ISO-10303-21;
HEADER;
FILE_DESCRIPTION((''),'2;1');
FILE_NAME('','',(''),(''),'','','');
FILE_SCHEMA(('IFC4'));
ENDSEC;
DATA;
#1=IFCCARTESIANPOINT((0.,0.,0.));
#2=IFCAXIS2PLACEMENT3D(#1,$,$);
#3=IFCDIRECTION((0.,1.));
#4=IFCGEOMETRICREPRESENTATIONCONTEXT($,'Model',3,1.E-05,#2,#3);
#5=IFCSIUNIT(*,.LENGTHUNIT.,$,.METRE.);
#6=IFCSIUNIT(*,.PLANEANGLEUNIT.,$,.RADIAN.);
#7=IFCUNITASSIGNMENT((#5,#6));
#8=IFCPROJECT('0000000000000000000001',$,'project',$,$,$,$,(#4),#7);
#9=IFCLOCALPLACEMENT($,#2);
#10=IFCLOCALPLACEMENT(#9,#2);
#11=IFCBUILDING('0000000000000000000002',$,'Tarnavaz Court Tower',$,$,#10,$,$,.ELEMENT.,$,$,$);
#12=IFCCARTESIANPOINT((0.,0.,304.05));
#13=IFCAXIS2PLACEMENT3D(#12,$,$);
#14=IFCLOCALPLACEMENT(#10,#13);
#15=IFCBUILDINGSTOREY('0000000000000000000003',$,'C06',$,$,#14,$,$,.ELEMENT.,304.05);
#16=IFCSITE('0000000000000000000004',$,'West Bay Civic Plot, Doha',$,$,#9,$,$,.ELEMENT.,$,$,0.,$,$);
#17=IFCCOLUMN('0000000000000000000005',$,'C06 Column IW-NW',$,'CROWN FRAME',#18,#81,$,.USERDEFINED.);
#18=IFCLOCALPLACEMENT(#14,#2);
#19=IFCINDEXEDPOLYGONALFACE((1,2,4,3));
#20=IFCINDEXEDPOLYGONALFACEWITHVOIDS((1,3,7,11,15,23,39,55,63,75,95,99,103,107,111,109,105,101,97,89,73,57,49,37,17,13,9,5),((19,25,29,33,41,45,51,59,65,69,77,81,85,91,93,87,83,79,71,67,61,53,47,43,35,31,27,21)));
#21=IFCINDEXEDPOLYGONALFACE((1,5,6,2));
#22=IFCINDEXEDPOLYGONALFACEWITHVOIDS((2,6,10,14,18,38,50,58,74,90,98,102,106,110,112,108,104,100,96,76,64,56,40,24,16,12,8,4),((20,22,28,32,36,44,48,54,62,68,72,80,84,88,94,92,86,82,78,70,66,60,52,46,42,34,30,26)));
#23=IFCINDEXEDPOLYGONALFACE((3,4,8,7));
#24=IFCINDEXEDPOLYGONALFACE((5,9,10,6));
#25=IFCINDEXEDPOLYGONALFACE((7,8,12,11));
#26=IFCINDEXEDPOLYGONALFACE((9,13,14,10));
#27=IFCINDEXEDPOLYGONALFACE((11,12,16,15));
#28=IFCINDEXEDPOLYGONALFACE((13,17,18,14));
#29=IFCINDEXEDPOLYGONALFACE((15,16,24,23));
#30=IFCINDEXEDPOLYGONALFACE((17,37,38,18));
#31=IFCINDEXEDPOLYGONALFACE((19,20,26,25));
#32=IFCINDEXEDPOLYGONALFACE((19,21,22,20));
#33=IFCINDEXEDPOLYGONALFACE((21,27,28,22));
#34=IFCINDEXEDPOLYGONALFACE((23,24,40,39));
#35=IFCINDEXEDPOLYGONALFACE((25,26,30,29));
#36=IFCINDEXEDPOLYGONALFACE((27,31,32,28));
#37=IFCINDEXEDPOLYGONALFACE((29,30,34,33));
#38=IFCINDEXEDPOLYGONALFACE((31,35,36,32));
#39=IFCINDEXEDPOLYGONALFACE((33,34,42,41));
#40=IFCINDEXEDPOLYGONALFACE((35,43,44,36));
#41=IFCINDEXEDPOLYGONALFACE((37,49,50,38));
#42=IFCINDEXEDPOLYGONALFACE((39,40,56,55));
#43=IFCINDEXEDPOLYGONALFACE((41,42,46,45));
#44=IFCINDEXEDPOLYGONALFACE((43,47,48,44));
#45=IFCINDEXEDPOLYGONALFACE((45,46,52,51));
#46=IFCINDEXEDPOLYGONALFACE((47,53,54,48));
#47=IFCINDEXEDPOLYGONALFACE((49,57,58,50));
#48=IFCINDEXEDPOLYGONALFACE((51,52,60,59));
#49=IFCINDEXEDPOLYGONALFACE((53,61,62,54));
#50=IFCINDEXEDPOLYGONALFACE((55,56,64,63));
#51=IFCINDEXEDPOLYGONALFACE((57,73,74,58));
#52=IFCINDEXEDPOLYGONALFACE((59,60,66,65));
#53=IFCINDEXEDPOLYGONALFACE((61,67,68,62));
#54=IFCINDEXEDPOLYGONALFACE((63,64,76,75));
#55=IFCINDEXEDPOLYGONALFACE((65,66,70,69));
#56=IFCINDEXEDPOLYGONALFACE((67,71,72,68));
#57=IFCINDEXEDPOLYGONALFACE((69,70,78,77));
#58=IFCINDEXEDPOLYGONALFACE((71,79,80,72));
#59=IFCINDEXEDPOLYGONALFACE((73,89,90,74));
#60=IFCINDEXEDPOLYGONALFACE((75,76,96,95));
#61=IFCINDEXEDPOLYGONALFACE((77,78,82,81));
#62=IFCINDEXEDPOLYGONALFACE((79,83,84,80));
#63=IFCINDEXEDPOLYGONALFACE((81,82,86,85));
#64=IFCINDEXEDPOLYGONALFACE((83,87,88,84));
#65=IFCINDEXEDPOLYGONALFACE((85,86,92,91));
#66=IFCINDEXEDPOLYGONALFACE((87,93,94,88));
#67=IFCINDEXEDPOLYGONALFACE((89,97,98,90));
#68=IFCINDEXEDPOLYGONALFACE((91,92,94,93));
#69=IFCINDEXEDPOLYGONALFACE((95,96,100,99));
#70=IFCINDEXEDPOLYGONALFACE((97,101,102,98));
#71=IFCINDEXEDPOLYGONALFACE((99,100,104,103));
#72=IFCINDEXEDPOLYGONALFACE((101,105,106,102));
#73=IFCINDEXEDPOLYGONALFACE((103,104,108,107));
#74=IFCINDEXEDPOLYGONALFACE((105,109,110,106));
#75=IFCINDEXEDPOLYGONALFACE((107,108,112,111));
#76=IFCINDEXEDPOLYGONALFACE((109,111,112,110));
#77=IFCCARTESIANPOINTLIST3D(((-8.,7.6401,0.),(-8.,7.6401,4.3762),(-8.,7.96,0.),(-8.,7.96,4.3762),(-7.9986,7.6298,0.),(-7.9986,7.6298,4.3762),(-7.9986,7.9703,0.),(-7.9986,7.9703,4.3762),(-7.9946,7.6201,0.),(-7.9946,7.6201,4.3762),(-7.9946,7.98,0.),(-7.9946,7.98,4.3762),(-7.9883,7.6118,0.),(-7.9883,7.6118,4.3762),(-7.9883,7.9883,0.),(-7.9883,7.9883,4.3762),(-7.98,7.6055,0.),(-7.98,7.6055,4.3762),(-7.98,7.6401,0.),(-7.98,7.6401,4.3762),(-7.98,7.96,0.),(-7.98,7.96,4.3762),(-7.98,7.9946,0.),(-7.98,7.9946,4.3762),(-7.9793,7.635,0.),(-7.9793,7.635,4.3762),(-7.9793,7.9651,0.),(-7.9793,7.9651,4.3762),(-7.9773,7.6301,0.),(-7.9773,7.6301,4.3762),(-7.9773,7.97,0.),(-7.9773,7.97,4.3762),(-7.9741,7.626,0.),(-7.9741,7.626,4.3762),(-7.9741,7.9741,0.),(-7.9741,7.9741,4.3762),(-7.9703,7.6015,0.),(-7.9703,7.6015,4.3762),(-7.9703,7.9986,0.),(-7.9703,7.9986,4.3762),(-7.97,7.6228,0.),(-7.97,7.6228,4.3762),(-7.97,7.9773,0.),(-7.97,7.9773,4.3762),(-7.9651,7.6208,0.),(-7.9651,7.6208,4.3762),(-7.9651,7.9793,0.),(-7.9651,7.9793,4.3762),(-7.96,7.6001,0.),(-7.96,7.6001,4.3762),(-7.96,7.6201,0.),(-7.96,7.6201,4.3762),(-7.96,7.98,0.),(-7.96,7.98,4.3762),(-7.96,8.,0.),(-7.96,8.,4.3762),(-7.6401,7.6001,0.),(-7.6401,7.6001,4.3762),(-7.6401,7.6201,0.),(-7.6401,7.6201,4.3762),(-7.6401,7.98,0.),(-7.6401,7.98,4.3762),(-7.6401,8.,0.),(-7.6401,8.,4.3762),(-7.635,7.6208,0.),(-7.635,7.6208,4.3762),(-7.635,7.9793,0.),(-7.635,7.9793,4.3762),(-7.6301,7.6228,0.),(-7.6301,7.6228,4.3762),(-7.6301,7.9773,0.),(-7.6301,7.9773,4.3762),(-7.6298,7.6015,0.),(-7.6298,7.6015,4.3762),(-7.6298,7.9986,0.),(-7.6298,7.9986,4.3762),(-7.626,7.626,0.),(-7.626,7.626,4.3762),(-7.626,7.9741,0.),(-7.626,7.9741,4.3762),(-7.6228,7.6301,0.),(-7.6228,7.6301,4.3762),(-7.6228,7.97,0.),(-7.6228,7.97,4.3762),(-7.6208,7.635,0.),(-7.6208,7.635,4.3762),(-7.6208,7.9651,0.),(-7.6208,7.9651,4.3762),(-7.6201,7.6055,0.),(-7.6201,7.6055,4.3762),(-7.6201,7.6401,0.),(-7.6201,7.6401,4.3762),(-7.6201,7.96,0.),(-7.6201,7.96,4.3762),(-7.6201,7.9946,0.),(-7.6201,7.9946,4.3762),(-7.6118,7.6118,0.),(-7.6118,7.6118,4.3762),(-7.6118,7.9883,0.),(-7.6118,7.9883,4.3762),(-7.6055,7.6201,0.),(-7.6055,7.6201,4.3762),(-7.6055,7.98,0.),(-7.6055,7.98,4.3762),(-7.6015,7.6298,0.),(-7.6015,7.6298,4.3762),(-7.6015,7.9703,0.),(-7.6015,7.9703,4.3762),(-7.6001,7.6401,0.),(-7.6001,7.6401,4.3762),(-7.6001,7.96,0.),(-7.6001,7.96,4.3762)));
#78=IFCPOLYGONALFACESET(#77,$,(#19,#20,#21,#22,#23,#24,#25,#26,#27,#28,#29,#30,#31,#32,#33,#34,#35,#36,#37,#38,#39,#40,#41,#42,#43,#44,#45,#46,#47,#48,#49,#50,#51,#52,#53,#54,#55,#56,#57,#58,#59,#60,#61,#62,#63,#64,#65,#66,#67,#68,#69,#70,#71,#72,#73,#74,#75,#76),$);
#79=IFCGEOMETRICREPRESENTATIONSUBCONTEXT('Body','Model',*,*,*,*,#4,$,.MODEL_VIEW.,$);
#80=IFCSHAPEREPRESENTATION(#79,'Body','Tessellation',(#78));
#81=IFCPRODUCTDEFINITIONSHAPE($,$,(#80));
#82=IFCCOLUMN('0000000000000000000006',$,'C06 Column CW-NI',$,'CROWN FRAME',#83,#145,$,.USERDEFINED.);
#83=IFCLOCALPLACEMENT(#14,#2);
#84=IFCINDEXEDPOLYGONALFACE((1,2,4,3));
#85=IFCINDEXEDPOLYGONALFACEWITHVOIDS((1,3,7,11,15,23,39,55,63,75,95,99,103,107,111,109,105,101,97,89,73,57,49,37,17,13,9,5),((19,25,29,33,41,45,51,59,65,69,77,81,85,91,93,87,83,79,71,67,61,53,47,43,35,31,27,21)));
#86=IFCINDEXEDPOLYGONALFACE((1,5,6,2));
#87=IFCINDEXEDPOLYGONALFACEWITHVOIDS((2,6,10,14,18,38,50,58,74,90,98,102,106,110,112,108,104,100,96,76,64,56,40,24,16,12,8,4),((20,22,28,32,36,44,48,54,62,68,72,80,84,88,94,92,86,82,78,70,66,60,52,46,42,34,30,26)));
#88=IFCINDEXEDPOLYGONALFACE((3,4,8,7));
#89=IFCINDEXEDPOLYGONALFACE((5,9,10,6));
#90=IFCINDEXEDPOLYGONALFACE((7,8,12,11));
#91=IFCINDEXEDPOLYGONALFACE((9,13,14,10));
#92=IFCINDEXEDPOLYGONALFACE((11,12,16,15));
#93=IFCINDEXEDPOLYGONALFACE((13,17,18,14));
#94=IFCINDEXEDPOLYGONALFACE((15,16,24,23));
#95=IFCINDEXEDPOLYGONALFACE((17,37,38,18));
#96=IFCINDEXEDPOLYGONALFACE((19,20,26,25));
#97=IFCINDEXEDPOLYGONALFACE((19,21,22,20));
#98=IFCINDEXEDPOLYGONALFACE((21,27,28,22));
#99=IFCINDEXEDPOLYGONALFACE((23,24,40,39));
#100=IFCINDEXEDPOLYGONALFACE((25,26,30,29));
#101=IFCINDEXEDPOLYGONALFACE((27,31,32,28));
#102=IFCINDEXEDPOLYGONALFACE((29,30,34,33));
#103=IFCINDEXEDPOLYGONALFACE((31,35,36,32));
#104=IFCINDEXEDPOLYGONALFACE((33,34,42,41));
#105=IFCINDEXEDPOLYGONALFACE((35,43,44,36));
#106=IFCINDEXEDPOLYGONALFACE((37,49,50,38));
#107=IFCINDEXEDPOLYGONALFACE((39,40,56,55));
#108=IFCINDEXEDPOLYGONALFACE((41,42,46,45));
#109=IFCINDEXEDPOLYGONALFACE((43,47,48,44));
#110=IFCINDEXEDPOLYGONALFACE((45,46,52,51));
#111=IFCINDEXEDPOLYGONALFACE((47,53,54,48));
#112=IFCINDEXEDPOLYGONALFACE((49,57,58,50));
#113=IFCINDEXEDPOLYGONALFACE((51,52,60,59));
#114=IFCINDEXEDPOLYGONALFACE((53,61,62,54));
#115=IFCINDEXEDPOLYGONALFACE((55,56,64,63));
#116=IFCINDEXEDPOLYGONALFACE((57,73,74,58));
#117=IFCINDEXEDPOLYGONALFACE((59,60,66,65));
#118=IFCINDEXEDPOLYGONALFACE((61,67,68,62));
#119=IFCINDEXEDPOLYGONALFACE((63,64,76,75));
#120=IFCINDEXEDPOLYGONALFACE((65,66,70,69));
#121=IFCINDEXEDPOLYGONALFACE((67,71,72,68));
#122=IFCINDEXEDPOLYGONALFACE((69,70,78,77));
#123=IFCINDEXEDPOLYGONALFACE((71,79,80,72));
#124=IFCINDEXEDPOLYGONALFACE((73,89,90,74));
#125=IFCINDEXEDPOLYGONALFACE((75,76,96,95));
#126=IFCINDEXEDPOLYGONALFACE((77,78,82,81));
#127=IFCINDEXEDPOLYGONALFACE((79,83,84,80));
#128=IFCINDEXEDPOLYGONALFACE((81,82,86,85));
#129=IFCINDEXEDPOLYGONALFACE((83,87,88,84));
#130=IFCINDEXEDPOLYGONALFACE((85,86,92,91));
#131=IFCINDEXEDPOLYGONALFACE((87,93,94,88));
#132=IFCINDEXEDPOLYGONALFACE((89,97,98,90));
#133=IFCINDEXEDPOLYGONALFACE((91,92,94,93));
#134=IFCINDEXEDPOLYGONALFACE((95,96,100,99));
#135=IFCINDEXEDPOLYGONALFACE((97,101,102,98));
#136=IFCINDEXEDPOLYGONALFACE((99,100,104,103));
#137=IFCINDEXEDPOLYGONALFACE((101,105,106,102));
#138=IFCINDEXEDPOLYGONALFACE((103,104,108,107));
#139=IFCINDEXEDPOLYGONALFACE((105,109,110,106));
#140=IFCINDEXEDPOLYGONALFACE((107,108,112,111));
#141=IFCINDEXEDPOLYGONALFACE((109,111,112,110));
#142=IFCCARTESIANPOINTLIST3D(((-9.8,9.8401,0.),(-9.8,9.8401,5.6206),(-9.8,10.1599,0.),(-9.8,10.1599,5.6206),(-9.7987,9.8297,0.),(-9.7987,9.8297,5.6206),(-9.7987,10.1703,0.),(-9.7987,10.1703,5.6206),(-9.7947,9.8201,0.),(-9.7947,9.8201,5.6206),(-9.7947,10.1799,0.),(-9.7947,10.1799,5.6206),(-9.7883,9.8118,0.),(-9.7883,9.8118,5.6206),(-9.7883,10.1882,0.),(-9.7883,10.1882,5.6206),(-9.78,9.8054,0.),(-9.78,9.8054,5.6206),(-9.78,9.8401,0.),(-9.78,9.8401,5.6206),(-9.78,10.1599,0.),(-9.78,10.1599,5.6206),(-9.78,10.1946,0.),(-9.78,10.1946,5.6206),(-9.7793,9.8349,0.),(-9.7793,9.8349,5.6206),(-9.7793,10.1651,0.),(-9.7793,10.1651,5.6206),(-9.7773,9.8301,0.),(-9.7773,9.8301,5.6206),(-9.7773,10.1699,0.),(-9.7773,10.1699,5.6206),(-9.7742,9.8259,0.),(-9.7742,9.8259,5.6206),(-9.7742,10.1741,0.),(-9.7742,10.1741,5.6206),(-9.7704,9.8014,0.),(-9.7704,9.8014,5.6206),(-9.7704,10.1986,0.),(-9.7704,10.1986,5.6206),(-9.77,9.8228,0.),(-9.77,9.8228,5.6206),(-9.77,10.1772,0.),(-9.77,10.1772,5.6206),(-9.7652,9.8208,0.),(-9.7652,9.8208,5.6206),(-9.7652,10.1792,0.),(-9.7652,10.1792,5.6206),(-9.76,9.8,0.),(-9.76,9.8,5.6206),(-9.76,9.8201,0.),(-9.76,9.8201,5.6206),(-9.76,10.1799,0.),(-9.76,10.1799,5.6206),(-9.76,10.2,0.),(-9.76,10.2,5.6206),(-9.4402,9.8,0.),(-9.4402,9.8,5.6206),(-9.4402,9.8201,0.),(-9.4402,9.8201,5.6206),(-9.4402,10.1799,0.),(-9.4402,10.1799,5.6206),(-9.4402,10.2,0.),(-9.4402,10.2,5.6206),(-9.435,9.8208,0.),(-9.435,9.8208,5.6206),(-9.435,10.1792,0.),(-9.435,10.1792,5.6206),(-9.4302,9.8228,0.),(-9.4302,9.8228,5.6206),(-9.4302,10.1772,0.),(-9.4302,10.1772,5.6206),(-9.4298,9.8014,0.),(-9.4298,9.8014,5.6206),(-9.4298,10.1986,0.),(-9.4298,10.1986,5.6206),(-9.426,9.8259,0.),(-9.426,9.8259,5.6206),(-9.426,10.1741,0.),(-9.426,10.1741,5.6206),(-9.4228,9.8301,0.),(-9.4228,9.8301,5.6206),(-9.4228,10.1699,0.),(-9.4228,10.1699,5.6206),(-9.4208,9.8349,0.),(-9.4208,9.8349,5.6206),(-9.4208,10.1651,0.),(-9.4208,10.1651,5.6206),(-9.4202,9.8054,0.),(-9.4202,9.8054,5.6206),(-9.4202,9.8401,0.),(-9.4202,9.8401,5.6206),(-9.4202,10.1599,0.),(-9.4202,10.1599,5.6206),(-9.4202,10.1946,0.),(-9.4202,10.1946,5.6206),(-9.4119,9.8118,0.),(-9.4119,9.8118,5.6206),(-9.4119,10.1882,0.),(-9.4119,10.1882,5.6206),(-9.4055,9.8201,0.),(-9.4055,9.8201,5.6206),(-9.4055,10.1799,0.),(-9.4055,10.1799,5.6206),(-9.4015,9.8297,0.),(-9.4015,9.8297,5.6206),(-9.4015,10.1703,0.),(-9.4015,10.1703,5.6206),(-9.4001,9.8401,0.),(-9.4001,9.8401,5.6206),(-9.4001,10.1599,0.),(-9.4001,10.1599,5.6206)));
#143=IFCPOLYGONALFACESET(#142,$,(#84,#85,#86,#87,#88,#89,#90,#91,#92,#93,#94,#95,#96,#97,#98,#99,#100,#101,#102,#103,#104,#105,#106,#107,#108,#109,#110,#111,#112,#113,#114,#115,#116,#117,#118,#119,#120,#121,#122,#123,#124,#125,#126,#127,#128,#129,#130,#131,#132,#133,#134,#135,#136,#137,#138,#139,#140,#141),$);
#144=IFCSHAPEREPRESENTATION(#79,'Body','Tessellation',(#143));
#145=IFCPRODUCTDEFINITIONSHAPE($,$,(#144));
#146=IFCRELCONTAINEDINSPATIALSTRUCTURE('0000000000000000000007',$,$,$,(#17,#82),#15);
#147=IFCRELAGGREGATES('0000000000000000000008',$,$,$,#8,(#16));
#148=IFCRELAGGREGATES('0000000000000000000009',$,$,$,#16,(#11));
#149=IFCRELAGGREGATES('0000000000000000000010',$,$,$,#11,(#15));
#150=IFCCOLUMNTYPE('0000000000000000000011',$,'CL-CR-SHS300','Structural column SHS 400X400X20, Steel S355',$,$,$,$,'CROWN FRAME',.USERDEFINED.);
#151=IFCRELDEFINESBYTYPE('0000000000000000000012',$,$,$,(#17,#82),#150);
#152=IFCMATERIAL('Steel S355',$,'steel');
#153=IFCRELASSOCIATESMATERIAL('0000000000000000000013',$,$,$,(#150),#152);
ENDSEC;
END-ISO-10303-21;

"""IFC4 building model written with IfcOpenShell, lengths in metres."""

from ifc_helpers import new_model, si_unit, direction, frame, origin, origin_2d, place, context, subcontext, project, spatial, hollow_rectangle, extrude, material, material_profile, profile_set, type_object, element, save


model = new_model("IFC4")

# Units and contexts
model_context = context("Model", 3, precision=1e-05, world=origin(), true_north=direction((0.0, 1.0)))
body_context = subcontext(model_context, "Body", "Model", "MODEL_VIEW")
ifc_project = project(units=[si_unit("LENGTHUNIT", "METRE"), si_unit("PLANEANGLEUNIT", "RADIAN")], contexts=[model_context])

# Site, building, storey
site_placement = place(None, origin())
site = spatial("IfcSite", under=ifc_project, at=site_placement, Name="West Bay Civic Plot, Doha", CompositionType="ELEMENT", RefElevation=0.0)
building_placement = place(site_placement, origin())
building = spatial("IfcBuilding", under=site, at=building_placement, Name="Tarnavaz Court Tower", CompositionType="ELEMENT")
storey_placement = place(building_placement, frame((0.0, 0.0, 304.05)))
storey = spatial("IfcBuildingStorey", under=building, at=storey_placement, Name="C06", CompositionType="ELEMENT", Elevation=304.05)

# Columns
ifc_material_1 = material(Name="Steel S355", Category="steel")
ifc_material_profile_1 = material_profile(ifc_material_1, hollow_rectangle(XDim=0.3999, YDim=0.3999, WallThickness=0.02, InnerFilletRadius=0.02, OuterFilletRadius=0.04, at=origin_2d()), Name="SHS 400X400X20")
ifc_profile_set_1 = profile_set([ifc_material_profile_1], Name="Steel S355")
column_type = type_object("IfcColumnType", Name="CL-CR-SHS300", Description="Structural column SHS 400X400X20, Steel S355", ElementType="CROWN FRAME", PredefinedType="USERDEFINED", material=ifc_profile_set_1)
column_1_placement = place(storey_placement, frame((-7.8, 7.8, 0.0), z_axis=(0.0, 0.0, 1.0), x_axis=(1.0, 0.0, 0.0)))
element("IfcColumn", 1, at=column_1_placement, inside=storey, type_object=column_type, Name="C06 Column IW-NW", ObjectType="CROWN FRAME", PredefinedType="USERDEFINED", context=body_context, shape_type="SweptSolid", body=[
    extrude(hollow_rectangle(XDim=0.3999, YDim=0.3999, WallThickness=0.02, InnerFilletRadius=0.02, OuterFilletRadius=0.04, at=origin_2d()), origin(), (0.0, 0.0, 1.0), 4.3762),
])
for number, where, z_axis, x_axis, name in (
    (2, (-9.6001, 10.0, 0.0), (0.0, 0.0, 1.0), (1.0, 0.0, 0.0), "C06 Column CW-NI"),
):
    element("IfcColumn", number, at=place(storey_placement, frame(where, z_axis=z_axis, x_axis=x_axis)), inside=storey, type_object=column_type, Name=name, ObjectType="CROWN FRAME", PredefinedType="USERDEFINED", context=body_context, shape_type="SweptSolid", body=[
        extrude(hollow_rectangle(XDim=0.3999, YDim=0.3999, WallThickness=0.02, InnerFilletRadius=0.02, OuterFilletRadius=0.04, at=origin_2d()), origin(), (0.0, 0.0, 1.0), 5.6206),
    ])

save(model, "model.ifc")
